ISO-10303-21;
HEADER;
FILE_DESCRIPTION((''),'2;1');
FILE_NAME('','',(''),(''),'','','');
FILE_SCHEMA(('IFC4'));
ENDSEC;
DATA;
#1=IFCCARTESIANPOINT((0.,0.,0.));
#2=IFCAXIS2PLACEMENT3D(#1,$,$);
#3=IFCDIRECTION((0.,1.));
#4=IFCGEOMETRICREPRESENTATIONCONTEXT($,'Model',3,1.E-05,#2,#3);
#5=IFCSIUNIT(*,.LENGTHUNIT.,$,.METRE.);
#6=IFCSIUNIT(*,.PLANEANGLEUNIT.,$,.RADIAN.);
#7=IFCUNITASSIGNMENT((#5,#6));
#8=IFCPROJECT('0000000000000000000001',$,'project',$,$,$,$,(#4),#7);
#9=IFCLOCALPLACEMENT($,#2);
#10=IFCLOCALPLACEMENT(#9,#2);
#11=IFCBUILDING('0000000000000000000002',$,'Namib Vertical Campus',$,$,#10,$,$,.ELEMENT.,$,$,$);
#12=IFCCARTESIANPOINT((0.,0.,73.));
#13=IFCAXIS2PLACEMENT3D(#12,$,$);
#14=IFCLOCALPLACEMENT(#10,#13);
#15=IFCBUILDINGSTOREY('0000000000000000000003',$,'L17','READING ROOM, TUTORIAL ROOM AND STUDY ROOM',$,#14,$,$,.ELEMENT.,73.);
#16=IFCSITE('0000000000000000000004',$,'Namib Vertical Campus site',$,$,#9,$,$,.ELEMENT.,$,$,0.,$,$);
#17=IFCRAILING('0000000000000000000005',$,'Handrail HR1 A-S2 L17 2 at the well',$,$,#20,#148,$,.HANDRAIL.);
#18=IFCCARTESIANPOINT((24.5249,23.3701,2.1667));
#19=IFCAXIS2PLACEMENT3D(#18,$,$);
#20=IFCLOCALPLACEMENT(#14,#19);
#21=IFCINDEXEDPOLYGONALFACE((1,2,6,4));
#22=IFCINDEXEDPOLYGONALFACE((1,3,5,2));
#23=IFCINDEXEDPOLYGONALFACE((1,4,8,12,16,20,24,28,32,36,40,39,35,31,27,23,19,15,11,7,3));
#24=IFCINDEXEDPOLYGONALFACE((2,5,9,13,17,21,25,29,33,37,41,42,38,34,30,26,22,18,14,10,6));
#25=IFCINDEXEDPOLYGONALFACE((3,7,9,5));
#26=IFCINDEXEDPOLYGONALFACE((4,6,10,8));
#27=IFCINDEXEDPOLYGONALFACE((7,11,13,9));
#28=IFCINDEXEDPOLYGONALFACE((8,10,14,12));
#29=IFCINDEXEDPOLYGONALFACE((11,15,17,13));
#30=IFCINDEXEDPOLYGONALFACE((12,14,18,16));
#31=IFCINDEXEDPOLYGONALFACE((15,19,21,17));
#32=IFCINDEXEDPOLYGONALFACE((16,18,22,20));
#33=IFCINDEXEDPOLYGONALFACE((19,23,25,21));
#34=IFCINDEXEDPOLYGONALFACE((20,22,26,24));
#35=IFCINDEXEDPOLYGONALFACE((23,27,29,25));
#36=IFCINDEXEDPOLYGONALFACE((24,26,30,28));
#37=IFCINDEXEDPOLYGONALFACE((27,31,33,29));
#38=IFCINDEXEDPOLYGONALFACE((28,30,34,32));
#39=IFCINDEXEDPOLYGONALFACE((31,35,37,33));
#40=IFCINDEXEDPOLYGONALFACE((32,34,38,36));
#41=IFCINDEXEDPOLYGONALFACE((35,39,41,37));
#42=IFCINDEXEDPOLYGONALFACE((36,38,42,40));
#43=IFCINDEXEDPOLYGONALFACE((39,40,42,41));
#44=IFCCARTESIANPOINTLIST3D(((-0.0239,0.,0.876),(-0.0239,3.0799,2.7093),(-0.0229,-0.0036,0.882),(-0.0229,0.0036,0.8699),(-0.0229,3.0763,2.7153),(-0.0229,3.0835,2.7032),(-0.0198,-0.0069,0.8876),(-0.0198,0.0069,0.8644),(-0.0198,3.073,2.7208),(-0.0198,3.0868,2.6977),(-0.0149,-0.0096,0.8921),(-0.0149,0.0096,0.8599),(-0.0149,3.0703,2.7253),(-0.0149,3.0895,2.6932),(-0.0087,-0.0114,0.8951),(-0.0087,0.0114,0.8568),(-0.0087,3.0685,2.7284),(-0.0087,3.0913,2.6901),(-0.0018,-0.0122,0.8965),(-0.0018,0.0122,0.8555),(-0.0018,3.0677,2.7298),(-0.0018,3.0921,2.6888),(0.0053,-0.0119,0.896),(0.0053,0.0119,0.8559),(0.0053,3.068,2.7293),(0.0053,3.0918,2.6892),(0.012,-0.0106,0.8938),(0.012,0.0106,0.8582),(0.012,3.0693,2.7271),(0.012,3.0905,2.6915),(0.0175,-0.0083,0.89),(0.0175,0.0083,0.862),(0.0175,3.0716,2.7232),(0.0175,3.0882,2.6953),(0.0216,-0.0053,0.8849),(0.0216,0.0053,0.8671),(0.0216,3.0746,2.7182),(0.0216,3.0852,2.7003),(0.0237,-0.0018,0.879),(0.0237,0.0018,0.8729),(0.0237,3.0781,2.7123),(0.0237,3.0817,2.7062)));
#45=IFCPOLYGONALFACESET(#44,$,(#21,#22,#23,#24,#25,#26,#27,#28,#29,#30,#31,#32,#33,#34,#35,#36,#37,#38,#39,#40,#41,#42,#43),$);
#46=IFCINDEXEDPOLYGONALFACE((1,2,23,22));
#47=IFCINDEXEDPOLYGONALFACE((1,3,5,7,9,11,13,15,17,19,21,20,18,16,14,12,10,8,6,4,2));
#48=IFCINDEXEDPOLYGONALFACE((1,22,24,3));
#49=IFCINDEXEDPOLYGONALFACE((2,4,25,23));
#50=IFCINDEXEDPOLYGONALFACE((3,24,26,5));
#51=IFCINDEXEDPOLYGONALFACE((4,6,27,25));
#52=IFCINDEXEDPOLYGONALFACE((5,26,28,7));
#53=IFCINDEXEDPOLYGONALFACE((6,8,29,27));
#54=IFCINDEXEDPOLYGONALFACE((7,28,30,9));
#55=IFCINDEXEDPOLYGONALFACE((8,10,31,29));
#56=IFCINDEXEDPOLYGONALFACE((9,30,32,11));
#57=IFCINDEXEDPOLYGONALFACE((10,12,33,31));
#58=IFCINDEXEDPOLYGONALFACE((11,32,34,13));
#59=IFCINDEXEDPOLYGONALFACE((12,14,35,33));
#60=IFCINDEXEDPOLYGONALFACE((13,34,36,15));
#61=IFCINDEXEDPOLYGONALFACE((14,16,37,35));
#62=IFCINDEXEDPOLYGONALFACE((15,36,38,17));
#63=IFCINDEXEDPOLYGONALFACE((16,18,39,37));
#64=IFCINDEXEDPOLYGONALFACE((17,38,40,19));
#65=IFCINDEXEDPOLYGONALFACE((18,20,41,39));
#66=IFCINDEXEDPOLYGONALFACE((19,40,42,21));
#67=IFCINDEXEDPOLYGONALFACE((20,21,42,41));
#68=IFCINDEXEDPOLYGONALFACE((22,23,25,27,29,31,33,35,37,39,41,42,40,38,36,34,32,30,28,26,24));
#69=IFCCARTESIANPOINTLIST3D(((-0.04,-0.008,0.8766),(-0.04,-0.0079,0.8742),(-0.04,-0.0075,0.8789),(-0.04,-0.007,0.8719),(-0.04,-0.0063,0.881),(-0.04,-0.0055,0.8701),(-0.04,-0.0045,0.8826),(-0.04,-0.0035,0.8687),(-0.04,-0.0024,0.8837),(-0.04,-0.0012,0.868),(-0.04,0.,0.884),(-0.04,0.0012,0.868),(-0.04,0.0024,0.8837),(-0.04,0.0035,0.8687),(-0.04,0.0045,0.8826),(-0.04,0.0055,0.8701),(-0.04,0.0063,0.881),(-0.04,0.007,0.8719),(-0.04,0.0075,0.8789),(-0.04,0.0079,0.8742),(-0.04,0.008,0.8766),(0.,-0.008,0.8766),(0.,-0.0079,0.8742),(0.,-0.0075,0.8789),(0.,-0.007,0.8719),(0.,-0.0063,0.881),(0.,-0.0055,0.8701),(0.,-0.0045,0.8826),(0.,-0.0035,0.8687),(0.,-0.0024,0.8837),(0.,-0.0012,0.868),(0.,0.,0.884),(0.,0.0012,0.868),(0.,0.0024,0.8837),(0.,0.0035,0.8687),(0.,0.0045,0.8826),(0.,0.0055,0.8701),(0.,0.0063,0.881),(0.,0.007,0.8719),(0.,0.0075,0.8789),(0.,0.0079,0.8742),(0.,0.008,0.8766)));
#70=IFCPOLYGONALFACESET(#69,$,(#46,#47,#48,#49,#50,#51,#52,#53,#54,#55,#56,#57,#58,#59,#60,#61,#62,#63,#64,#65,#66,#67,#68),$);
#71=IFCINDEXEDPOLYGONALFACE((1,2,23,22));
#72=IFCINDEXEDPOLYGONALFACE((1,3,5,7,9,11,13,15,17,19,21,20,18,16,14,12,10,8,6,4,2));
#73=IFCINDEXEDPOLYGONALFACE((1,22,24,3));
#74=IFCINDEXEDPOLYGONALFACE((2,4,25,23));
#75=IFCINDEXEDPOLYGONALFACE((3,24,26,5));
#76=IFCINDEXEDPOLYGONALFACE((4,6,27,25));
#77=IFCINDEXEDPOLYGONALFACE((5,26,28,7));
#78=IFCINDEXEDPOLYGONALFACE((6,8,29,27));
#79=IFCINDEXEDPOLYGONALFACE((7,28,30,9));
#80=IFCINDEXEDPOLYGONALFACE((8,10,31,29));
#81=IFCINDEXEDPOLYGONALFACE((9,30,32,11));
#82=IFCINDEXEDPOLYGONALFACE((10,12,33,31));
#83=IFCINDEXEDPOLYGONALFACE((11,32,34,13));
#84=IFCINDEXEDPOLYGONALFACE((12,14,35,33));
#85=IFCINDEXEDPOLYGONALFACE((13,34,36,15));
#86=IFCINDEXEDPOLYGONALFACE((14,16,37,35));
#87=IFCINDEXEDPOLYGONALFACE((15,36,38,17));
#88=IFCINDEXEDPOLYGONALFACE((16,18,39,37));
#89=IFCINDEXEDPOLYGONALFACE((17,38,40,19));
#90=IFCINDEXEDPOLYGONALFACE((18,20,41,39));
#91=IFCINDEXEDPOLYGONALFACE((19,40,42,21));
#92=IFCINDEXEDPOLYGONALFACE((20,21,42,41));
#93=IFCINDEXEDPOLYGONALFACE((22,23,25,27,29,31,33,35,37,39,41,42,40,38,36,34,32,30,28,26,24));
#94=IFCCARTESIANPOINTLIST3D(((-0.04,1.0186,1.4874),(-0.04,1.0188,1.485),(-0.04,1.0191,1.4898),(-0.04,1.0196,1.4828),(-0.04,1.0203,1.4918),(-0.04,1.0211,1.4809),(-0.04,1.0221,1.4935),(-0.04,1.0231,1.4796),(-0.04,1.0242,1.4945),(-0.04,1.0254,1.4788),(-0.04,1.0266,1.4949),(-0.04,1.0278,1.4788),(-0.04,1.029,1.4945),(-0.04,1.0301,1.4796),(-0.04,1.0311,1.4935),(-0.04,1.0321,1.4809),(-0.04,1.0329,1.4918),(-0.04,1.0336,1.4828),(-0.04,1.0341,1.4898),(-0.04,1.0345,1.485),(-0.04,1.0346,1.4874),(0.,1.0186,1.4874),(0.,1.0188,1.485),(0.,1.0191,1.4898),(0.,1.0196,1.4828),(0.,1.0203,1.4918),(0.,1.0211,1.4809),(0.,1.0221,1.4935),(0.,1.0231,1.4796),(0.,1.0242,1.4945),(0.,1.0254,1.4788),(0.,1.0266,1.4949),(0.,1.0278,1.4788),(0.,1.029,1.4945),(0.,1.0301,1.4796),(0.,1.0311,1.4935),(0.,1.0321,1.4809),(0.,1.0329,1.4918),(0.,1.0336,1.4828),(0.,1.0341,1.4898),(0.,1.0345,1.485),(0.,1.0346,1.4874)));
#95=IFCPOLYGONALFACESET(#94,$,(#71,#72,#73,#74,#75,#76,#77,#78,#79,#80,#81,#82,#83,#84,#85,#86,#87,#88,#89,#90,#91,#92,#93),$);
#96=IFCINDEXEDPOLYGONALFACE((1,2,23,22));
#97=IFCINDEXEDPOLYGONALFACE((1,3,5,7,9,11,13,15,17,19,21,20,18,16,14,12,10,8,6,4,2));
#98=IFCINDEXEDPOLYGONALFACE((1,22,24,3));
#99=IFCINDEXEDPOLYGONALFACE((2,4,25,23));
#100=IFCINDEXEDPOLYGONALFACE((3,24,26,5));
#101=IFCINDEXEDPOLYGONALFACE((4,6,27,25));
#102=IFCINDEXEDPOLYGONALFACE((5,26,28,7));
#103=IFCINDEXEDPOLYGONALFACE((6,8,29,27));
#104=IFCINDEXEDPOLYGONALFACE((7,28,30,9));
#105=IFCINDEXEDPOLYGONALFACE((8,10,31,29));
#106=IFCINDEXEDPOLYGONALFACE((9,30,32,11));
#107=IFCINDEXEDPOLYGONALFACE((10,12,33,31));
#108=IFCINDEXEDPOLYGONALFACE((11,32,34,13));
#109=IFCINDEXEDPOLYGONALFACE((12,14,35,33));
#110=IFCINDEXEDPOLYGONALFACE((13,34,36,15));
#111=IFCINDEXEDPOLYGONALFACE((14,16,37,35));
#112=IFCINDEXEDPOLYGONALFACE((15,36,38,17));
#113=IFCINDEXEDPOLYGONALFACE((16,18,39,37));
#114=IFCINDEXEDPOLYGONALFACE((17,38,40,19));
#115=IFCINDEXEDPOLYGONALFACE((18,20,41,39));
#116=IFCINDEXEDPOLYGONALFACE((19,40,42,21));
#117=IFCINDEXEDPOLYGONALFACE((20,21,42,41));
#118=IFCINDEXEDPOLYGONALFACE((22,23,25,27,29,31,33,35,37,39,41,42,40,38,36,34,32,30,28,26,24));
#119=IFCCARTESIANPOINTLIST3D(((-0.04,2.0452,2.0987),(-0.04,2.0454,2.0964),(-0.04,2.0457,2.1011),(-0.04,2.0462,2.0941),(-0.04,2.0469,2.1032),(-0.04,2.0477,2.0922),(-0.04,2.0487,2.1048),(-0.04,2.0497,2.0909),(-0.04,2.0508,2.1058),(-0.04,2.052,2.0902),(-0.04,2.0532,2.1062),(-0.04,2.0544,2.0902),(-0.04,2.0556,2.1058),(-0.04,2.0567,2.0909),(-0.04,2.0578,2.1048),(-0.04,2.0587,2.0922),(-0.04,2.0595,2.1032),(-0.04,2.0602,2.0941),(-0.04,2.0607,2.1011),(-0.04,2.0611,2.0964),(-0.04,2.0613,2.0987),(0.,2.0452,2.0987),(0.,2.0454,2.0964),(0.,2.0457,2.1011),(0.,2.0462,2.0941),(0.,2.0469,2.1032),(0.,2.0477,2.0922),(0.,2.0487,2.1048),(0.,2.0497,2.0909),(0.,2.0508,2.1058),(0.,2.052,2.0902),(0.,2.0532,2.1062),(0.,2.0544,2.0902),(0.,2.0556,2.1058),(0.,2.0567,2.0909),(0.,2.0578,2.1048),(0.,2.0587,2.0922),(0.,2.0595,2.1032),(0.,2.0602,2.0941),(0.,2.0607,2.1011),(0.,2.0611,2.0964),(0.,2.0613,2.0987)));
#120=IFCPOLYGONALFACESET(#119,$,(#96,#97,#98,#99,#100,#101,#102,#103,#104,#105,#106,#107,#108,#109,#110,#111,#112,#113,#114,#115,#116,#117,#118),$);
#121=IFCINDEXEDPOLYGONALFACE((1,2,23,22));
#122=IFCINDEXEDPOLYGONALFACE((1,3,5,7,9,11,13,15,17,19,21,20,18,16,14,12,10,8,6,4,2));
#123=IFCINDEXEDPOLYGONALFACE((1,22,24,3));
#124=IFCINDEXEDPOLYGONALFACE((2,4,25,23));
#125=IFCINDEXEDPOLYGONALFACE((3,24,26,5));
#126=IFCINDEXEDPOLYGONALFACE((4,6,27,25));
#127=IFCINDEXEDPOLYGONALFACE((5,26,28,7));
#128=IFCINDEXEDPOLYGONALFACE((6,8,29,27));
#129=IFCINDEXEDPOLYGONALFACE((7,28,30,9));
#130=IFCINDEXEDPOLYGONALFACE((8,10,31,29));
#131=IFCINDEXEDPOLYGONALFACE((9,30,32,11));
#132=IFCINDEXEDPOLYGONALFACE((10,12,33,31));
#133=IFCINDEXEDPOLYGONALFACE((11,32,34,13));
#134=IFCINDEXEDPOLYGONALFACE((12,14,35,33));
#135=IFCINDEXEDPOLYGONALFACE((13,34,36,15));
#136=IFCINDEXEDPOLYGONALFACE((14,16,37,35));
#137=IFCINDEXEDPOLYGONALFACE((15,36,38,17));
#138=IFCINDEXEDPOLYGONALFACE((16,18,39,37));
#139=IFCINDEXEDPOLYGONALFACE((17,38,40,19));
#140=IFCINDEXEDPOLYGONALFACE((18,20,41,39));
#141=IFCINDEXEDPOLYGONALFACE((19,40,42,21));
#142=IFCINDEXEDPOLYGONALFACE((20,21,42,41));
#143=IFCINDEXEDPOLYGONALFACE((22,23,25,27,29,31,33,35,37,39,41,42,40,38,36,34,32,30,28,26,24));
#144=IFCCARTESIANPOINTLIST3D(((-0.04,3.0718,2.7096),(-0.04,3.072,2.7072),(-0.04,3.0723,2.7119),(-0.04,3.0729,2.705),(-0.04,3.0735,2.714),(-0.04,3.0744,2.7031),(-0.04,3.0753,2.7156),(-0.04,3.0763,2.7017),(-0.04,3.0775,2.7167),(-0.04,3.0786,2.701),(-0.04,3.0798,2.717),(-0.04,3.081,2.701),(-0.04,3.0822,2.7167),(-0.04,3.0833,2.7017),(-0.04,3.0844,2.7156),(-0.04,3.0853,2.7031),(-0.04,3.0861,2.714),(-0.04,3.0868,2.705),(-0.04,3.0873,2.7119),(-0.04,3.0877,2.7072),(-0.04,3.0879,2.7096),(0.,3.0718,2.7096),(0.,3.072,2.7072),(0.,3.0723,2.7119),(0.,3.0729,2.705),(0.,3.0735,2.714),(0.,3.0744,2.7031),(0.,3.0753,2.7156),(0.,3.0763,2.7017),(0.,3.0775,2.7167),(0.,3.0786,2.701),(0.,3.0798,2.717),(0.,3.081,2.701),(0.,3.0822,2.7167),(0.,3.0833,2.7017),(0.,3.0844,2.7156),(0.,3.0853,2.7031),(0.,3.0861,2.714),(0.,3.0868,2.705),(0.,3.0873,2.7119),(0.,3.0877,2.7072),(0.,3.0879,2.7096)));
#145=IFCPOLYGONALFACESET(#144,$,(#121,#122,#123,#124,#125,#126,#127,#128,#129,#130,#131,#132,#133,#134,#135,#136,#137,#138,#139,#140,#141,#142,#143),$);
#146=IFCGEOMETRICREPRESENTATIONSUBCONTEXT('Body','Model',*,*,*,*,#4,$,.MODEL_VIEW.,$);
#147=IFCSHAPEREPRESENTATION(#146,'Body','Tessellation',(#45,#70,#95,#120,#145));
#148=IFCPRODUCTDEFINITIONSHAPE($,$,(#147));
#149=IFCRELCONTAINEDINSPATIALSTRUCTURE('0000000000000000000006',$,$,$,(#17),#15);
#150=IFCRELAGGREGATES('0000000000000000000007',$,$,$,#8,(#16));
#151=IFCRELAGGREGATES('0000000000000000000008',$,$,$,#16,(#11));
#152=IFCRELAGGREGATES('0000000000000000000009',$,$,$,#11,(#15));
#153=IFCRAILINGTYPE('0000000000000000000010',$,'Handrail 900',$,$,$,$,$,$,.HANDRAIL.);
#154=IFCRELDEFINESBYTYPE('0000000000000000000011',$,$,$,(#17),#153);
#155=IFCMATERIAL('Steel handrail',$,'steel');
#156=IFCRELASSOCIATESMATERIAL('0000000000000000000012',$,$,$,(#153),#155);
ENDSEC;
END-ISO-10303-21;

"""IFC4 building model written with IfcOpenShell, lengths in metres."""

from ifc_helpers import new_model, si_unit, direction, frame, origin, origin_2d, place, context, subcontext, project, spatial, circle, extrude, material, type_object, element, save


model = new_model("IFC4")

# Units and contexts
model_context = context("Model", 3, precision=1e-05, world=origin(), true_north=direction((0.0, 1.0)))
body_context = subcontext(model_context, "Body", "Model", "MODEL_VIEW")
ifc_project = project(units=[si_unit("LENGTHUNIT", "METRE"), si_unit("PLANEANGLEUNIT", "RADIAN")], contexts=[model_context])

# Site, building, storey
site_placement = place(None, origin())
site = spatial("IfcSite", under=ifc_project, at=site_placement, Name="Namib Vertical Campus site", CompositionType="ELEMENT", RefElevation=0.0)
building_placement = place(site_placement, origin())
building = spatial("IfcBuilding", under=site, at=building_placement, Name="Namib Vertical Campus", CompositionType="ELEMENT")
storey_placement = place(building_placement, frame((0.0, 0.0, 73.0)))
storey = spatial("IfcBuildingStorey", under=building, at=storey_placement, Name="L17", Description="READING ROOM, TUTORIAL ROOM AND STUDY ROOM", CompositionType="ELEMENT", Elevation=73.0)

# Railing
ifc_material_1 = material(Name="Steel handrail", Category="steel")
railing_type_1 = type_object("IfcRailingType", Name="Handrail 900", PredefinedType="HANDRAIL", material=ifc_material_1)
railing_1_placement = place(storey_placement, frame((24.5249, 23.3701, 2.1667)))
element("IfcRailing", 1, at=railing_1_placement, inside=storey, type_object=railing_type_1, Name="Handrail HR1 A-S2 L17 2 at the well", PredefinedType="HANDRAIL", context=body_context, shape_type="SweptSolid", body=[
    extrude(circle(Radius=0.0239, at=origin_2d()), frame((0.0, 0.0, 0.876), z_axis=(0.0, 0.859291, 0.511487), x_axis=(-1.0, 0.0, 0.0)), (0.0, 0.0, 1.0), 3.5842),
    extrude(circle(Radius=0.0081, at=origin_2d()), frame((0.0, 0.0, 0.876), z_axis=(-1.0, 0.0, 0.0), x_axis=(0.0, 0.0, 1.0)), (0.0, 0.0, 1.0), 0.04),
    extrude(circle(Radius=0.0081, at=origin_2d()), frame((0.0, 1.0266, 1.4868), z_axis=(-1.0, 0.0, 0.0), x_axis=(0.0, 0.0, 1.0)), (0.0, 0.0, 1.0), 0.04),
    extrude(circle(Radius=0.0081, at=origin_2d()), frame((0.0, 2.0532, 2.0981), z_axis=(-1.0, 0.0, 0.0), x_axis=(0.0, 0.0, 1.0)), (0.0, 0.0, 1.0), 0.04),
    extrude(circle(Radius=0.0081, at=origin_2d()), frame((0.0, 3.0798, 2.709), z_axis=(-1.0, 0.0, 0.0), x_axis=(0.0, 0.0, 1.0)), (0.0, 0.0, 1.0), 0.04),
])

save(model, "model.ifc")
